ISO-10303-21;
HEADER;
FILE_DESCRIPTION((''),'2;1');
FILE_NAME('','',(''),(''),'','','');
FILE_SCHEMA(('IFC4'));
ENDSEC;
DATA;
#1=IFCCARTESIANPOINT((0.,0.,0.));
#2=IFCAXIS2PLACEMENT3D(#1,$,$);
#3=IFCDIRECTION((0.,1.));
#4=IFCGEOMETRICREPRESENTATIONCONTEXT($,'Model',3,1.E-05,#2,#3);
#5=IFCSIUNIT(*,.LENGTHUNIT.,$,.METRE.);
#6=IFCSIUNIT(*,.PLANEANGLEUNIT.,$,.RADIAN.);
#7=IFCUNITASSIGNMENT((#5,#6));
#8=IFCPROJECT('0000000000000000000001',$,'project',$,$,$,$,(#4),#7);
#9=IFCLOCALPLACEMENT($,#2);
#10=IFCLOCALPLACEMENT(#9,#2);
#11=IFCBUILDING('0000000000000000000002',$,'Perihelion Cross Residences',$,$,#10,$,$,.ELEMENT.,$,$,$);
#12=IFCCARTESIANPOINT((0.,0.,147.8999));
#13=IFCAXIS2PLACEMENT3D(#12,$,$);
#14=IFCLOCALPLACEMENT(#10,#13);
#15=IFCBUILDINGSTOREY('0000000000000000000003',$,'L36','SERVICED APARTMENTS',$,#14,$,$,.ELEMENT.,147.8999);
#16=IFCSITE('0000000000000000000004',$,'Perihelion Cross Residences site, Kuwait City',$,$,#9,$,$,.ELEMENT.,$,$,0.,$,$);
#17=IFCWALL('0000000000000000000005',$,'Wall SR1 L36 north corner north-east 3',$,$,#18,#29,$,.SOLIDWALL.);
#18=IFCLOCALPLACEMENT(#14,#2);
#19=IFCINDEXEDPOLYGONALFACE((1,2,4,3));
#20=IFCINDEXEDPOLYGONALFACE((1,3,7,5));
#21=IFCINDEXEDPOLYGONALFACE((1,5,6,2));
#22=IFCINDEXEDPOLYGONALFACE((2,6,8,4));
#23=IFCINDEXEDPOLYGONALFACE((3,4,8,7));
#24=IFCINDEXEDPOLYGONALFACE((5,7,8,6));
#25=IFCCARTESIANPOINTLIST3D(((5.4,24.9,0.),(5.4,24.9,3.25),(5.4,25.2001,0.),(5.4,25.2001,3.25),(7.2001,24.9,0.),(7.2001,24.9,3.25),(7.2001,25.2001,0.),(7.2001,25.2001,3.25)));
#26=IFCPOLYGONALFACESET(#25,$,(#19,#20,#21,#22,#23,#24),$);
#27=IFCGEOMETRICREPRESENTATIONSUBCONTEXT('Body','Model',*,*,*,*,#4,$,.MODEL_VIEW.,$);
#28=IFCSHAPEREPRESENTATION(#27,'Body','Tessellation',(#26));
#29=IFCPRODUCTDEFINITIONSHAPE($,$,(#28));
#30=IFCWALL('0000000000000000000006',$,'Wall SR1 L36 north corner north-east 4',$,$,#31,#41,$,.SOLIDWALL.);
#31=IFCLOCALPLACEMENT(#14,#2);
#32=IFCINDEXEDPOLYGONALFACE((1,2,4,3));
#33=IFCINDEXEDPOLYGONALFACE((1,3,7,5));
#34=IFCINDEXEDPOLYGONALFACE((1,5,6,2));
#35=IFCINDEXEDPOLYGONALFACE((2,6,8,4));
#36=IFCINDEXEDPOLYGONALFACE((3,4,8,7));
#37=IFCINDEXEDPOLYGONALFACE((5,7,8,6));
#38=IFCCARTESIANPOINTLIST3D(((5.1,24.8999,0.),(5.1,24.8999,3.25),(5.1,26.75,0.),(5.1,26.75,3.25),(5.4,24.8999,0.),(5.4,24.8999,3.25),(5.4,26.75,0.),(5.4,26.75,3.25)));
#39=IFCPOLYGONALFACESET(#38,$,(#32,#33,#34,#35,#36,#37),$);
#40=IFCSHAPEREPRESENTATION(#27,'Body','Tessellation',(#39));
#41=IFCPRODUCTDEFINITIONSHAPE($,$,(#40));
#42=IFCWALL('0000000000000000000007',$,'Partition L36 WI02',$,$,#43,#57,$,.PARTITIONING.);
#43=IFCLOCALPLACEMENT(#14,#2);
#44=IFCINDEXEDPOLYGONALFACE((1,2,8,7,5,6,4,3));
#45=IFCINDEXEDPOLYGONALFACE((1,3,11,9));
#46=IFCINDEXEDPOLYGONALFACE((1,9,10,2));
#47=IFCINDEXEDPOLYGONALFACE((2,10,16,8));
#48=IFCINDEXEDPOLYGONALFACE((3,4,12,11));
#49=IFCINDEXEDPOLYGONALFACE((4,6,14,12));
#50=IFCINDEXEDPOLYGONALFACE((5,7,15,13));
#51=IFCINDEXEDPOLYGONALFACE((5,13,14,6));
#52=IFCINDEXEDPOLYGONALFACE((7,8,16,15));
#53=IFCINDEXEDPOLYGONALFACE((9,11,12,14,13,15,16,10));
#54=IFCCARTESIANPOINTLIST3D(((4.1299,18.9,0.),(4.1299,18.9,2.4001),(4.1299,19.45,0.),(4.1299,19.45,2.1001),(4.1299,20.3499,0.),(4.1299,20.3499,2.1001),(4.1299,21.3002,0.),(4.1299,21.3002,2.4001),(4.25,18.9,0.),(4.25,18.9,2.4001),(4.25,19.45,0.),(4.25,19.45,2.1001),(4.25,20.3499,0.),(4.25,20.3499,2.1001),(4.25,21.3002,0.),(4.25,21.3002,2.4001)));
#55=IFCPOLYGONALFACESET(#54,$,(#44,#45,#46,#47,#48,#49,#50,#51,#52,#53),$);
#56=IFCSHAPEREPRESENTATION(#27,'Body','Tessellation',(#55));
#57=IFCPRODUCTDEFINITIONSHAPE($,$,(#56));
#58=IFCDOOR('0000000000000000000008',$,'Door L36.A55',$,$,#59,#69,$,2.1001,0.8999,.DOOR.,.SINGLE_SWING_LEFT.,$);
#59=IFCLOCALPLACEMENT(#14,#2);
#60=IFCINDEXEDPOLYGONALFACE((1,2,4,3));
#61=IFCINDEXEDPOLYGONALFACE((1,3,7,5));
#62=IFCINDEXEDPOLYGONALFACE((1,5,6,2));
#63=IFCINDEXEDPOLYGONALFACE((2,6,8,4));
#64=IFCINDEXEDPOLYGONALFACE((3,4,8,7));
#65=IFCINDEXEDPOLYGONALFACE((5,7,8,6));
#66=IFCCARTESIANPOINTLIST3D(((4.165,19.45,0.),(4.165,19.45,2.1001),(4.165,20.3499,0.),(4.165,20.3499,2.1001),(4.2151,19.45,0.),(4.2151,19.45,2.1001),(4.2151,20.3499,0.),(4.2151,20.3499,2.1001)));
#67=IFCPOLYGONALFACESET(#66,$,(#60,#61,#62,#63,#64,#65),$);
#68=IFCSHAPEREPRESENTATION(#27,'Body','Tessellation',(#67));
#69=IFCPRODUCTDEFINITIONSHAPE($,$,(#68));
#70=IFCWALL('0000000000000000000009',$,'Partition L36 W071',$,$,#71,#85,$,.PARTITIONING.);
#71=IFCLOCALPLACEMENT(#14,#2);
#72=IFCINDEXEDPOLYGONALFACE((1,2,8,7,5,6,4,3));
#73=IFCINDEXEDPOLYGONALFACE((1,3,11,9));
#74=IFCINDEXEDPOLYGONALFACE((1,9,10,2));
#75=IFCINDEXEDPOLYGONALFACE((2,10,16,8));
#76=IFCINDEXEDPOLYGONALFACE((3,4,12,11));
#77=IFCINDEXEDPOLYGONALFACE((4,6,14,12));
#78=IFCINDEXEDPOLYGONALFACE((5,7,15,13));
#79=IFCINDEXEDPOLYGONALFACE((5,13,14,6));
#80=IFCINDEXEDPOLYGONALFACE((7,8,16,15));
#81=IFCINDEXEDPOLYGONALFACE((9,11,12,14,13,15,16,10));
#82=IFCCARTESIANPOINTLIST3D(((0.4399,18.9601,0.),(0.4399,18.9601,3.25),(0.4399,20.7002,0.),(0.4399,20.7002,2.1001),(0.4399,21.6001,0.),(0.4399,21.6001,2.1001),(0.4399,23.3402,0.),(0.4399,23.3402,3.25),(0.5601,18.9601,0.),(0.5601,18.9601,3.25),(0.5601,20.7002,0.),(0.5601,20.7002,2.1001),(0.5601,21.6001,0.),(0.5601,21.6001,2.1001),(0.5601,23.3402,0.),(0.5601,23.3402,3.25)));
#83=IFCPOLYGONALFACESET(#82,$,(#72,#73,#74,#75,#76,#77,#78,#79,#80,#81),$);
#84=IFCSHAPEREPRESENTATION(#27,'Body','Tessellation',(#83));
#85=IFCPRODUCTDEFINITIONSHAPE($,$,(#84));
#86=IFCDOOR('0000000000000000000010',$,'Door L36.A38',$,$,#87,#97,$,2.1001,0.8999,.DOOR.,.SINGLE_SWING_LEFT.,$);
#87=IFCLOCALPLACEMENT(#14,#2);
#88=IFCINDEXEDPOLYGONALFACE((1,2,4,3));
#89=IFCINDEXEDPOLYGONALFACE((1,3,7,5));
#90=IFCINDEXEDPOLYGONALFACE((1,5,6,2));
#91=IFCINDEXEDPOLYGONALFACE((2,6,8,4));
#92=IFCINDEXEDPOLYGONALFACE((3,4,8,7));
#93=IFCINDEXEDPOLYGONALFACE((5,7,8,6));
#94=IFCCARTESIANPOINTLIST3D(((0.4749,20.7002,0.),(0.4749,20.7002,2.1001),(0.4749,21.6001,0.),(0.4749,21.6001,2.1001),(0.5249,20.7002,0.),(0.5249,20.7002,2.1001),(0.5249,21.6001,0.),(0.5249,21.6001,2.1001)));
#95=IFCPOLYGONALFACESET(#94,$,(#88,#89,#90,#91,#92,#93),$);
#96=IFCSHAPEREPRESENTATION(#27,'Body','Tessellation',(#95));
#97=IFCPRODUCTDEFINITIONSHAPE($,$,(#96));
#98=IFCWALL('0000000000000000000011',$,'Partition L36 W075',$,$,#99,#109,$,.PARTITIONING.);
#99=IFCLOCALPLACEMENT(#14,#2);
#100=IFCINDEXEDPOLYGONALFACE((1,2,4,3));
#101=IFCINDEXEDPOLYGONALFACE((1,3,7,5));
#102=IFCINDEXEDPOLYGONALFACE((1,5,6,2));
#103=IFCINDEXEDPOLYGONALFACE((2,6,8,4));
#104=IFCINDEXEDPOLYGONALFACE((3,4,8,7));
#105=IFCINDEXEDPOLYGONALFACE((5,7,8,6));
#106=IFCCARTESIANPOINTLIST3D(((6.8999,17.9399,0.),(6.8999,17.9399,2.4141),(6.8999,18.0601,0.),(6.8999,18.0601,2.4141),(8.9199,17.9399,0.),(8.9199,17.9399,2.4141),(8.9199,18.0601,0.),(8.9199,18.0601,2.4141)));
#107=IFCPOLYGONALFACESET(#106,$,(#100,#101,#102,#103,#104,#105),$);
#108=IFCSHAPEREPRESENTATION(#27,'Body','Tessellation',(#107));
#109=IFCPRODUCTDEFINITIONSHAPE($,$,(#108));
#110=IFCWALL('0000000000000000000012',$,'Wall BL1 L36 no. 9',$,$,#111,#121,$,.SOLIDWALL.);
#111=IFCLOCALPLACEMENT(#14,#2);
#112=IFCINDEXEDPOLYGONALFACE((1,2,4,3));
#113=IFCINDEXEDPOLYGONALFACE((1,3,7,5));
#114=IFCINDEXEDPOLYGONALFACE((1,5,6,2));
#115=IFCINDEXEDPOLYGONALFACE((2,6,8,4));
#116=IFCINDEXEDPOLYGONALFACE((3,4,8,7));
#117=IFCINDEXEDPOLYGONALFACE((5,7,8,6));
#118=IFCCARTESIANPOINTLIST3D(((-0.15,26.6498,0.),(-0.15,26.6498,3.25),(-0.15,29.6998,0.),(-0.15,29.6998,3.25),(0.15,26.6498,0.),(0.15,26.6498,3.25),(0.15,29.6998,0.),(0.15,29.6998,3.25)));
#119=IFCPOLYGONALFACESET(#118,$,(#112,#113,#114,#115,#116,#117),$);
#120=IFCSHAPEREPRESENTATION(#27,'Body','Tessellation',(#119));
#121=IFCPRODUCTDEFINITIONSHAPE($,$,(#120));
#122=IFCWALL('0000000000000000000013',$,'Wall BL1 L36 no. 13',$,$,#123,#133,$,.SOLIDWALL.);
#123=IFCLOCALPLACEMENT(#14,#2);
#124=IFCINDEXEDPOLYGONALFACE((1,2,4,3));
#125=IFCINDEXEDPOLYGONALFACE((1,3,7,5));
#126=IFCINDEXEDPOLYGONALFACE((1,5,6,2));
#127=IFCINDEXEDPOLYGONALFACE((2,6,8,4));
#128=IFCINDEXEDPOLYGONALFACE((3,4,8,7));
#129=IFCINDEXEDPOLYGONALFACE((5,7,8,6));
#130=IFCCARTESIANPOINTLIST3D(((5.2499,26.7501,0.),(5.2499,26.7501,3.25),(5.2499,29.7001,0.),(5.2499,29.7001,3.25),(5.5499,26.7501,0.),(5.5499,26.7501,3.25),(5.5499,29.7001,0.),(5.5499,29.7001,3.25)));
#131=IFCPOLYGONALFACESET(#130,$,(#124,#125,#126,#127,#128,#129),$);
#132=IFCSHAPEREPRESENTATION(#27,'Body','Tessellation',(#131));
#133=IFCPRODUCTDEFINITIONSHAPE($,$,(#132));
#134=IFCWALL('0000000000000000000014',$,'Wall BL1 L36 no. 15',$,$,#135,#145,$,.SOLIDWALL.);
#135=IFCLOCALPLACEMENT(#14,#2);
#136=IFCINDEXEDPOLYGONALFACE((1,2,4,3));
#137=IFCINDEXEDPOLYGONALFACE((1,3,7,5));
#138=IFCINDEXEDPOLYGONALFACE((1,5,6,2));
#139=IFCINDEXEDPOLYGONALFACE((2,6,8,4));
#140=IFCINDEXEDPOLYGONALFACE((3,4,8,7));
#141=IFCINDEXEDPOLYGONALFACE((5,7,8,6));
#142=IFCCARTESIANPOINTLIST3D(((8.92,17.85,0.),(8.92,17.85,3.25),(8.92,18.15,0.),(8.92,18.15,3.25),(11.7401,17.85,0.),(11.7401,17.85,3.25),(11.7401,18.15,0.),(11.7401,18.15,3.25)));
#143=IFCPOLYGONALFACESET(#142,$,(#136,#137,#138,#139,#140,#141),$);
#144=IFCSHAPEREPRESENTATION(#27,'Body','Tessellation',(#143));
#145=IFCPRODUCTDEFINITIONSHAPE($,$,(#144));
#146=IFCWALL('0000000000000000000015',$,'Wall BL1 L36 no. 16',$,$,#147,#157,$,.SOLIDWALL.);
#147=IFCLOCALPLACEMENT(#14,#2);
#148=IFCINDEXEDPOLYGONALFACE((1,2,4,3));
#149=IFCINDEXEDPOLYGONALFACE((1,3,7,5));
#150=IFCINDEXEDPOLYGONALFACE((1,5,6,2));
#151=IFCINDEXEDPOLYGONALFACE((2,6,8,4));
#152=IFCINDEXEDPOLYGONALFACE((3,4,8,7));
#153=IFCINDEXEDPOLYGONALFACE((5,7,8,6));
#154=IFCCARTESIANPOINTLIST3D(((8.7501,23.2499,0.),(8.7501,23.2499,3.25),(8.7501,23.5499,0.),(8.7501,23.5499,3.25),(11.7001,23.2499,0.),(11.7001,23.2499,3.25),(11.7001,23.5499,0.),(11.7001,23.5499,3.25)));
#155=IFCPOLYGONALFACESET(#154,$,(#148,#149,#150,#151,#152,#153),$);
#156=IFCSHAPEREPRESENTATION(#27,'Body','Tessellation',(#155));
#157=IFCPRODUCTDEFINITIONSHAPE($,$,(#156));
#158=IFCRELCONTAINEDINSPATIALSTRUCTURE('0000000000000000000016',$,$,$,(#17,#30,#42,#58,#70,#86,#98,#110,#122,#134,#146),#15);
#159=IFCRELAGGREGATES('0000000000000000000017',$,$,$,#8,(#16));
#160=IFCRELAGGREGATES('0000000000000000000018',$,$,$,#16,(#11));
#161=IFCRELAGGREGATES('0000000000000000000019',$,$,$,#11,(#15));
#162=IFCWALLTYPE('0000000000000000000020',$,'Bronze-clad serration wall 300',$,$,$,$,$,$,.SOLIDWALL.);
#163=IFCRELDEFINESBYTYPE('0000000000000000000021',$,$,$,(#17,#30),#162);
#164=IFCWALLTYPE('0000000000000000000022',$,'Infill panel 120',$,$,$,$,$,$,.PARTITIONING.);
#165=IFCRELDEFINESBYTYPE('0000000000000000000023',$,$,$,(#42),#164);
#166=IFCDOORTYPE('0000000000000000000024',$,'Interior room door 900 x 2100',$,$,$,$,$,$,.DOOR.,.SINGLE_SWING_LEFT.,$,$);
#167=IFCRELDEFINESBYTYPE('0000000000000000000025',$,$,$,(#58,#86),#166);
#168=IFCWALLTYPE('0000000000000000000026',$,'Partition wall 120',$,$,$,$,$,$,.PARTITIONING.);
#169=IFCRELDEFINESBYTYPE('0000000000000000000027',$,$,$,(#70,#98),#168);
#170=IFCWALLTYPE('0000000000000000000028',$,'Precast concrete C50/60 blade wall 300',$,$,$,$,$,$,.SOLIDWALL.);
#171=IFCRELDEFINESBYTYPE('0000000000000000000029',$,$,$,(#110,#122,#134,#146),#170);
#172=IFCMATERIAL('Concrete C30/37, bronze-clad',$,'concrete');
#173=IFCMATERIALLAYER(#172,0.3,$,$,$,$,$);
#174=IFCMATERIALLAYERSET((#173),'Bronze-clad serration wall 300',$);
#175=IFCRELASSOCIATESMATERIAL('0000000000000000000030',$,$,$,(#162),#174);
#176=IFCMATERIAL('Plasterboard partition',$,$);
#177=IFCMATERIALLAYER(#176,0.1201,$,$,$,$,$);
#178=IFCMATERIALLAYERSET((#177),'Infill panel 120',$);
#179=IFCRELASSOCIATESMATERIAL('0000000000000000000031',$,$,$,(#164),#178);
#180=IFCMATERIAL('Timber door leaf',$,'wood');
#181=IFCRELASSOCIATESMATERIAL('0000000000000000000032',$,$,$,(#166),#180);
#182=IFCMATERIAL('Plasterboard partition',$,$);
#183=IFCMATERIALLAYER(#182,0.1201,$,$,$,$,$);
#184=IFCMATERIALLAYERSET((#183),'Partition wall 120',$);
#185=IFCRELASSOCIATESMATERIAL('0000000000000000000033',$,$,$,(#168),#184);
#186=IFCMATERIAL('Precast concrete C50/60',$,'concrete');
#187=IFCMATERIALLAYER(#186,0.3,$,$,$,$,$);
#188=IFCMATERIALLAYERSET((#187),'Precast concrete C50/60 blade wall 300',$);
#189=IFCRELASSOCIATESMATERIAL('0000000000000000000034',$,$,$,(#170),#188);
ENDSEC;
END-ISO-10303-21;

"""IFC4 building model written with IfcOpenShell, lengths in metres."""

from ifc_helpers import new_model, si_unit, direction, frame, frame_2d, origin, place, context, subcontext, project, spatial, rectangle, extrude, material, layer, layer_set, type_object, element, fill, save


model = new_model("IFC4")

# Units and contexts
model_context = context("Model", 3, precision=1e-05, world=origin(), true_north=direction((0.0, 1.0)))
body_context = subcontext(model_context, "Body", "Model", "MODEL_VIEW")
ifc_project = project(units=[si_unit("LENGTHUNIT", "METRE"), si_unit("PLANEANGLEUNIT", "RADIAN")], contexts=[model_context])

# Site, building, storey
site_placement = place(None, origin())
site = spatial("IfcSite", under=ifc_project, at=site_placement, Name="Perihelion Cross Residences site, Kuwait City", CompositionType="ELEMENT", RefElevation=0.0)
building_placement = place(site_placement, origin())
building = spatial("IfcBuilding", under=site, at=building_placement, Name="Perihelion Cross Residences", CompositionType="ELEMENT")
storey_placement = place(building_placement, frame((0.0, 0.0, 147.8999)))
storey = spatial("IfcBuildingStorey", under=building, at=storey_placement, Name="L36", Description="SERVICED APARTMENTS", CompositionType="ELEMENT", Elevation=147.8999)

# Walls
ifc_material_1 = material(Name="Concrete C30/37, bronze-clad", Category="concrete")
ifc_layer_1 = layer(ifc_material_1, 0.3)
ifc_layer_set_1 = layer_set([ifc_layer_1], Name="Bronze-clad serration wall 300")
wall_type_1 = type_object("IfcWallType", Name="Bronze-clad serration wall 300", PredefinedType="SOLIDWALL", material=ifc_layer_set_1)
wall_1_placement = place(storey_placement, frame((7.2, 25.05, 0.0), z_axis=(0.0, 0.0, 1.0), x_axis=(-1.0, 0.0, 0.0)))
element("IfcWall", 1, at=wall_1_placement, inside=storey, type_object=wall_type_1, Name="Wall SR1 L36 north corner north-east 3", PredefinedType="SOLIDWALL", context=body_context, shape_type="SweptSolid", body=[
    extrude(rectangle(XDim=1.8, YDim=0.3, at=frame_2d((0.8999, 0.0))), origin(), (0.0, 0.0, 1.0), 3.25),
])
wall_2_placement = place(storey_placement, frame((5.25, 24.8999, 0.0), z_axis=(0.0, 0.0, 1.0), x_axis=(0.0, 1.0, 0.0)))
element("IfcWall", 2, at=wall_2_placement, inside=storey, type_object=wall_type_1, Name="Wall SR1 L36 north corner north-east 4", PredefinedType="SOLIDWALL", context=body_context, shape_type="SweptSolid", body=[
    extrude(rectangle(XDim=1.8501, YDim=0.3, at=frame_2d((0.925, 0.0))), origin(), (0.0, 0.0, 1.0), 3.25),
])

# Walls, openings, doors
ifc_material_2 = material(Name="Plasterboard partition")
ifc_layer_2 = layer(ifc_material_2, 0.1201)
ifc_layer_set_2 = layer_set([ifc_layer_2], Name="Infill panel 120")
wall_type_2 = type_object("IfcWallType", Name="Infill panel 120", PredefinedType="PARTITIONING", material=ifc_layer_set_2)
wall_3_placement = place(storey_placement, frame((4.1899, 18.8999, 0.0), z_axis=(0.0, 0.0, 1.0), x_axis=(0.0, 1.0, 0.0)))
wall_3 = element("IfcWall", 3, at=wall_3_placement, inside=storey, type_object=wall_type_2, Name="Partition L36 WI02", PredefinedType="PARTITIONING", context=body_context, shape_type="SweptSolid", body=[
    extrude(rectangle(XDim=2.4001, YDim=0.1201, at=frame_2d((1.2002, 0.0))), origin(), (0.0, 0.0, 1.0), 2.4001),
])
opening_1_placement = place(wall_3_placement, frame((0.55, 0.0, 0.0)))
opening_1 = element("IfcOpeningElement", 4, at=opening_1_placement, cuts=wall_3, PredefinedType="OPENING", context=body_context, shape_type="SweptSolid", body=[
    extrude(rectangle(XDim=0.8999, YDim=2.1001, at=frame_2d((0.45, 1.05))), frame((0.0, 0.0701, 0.0), z_axis=(0.0, -1.0, 0.0), x_axis=(1.0, 0.0, 0.0)), (0.0, 0.0, 1.0), 0.1401),
])
ifc_material_3 = material(Name="Timber door leaf", Category="wood")
door_type_1 = type_object("IfcDoorType", Name="Interior room door 900 x 2100", OperationType="SINGLE_SWING_LEFT", PredefinedType="DOOR", material=ifc_material_3)
door_1_placement = place(opening_1_placement, origin())
door_1 = element("IfcDoor", 5, at=door_1_placement, inside=storey, type_object=door_type_1, Name="Door L36.A55", OperationType="SINGLE_SWING_LEFT", OverallHeight=2.1001, OverallWidth=0.8999, PredefinedType="DOOR", context=body_context, shape_type="SweptSolid", body=[
    extrude(rectangle(XDim=0.8999, YDim=2.1001, at=frame_2d((0.45, 1.05))), frame((0.0, 0.0249, 0.0), z_axis=(0.0, -1.0, 0.0), x_axis=(1.0, 0.0, 0.0)), (0.0, 0.0, 1.0), 0.05),
])
fill(opening_1, door_1)
ifc_material_4 = material(Name="Plasterboard partition")
ifc_layer_3 = layer(ifc_material_4, 0.1201)
ifc_layer_set_3 = layer_set([ifc_layer_3], Name="Partition wall 120")
wall_type_3 = type_object("IfcWallType", Name="Partition wall 120", PredefinedType="PARTITIONING", material=ifc_layer_set_3)
wall_4_placement = place(storey_placement, frame((0.5, 23.3401, 0.0), z_axis=(0.0, 0.0, 1.0), x_axis=(0.0, -1.0, 0.0)))
wall_4 = element("IfcWall", 6, at=wall_4_placement, inside=storey, type_object=wall_type_3, Name="Partition L36 W071", PredefinedType="PARTITIONING", context=body_context, shape_type="SweptSolid", body=[
    extrude(rectangle(XDim=4.3801, YDim=0.1201, at=frame_2d((2.1899, 0.0))), origin(), (0.0, 0.0, 1.0), 3.25),
])
opening_2_placement = place(wall_4_placement, frame((1.74, 0.0, 0.0)))
opening_2 = element("IfcOpeningElement", 7, at=opening_2_placement, cuts=wall_4, PredefinedType="OPENING", context=body_context, shape_type="SweptSolid", body=[
    extrude(rectangle(XDim=0.8999, YDim=2.1001, at=frame_2d((0.45, 1.05))), frame((0.0, 0.0701, 0.0), z_axis=(0.0, -1.0, 0.0), x_axis=(1.0, 0.0, 0.0)), (0.0, 0.0, 1.0), 0.1401),
])
door_2_placement = place(opening_2_placement, origin())
door_2 = element("IfcDoor", 8, at=door_2_placement, inside=storey, type_object=door_type_1, Name="Door L36.A38", OperationType="SINGLE_SWING_LEFT", OverallHeight=2.1001, OverallWidth=0.8999, PredefinedType="DOOR", context=body_context, shape_type="SweptSolid", body=[
    extrude(rectangle(XDim=0.8999, YDim=2.1001, at=frame_2d((0.45, 1.05))), frame((0.0, 0.0249, 0.0), z_axis=(0.0, -1.0, 0.0), x_axis=(1.0, 0.0, 0.0)), (0.0, 0.0, 1.0), 0.05),
])
fill(opening_2, door_2)

# Walls
wall_5_placement = place(storey_placement, frame((6.8999, 18.0, 0.0), z_axis=(0.0, 0.0, 1.0), x_axis=(1.0, 0.0, 0.0)))
element("IfcWall", 9, at=wall_5_placement, inside=storey, type_object=wall_type_3, Name="Partition L36 W075", PredefinedType="PARTITIONING", context=body_context, shape_type="SweptSolid", body=[
    extrude(rectangle(XDim=2.02, YDim=0.1201, at=frame_2d((1.01, 0.0))), origin(), (0.0, 0.0, 1.0), 2.4141),
])
ifc_material_5 = material(Name="Precast concrete C50/60", Category="concrete")
ifc_layer_4 = layer(ifc_material_5, 0.3)
ifc_layer_set_4 = layer_set([ifc_layer_4], Name="Precast concrete C50/60 blade wall 300")
wall_type_4 = type_object("IfcWallType", Name="Precast concrete C50/60 blade wall 300", PredefinedType="SOLIDWALL", material=ifc_layer_set_4)
wall_6_placement = place(storey_placement, frame((0.0, 26.6499, 0.0), z_axis=(0.0, 0.0, 1.0), x_axis=(0.0, 1.0, 0.0)))
element("IfcWall", 10, at=wall_6_placement, inside=storey, type_object=wall_type_4, Name="Wall BL1 L36 no. 9", PredefinedType="SOLIDWALL", context=body_context, shape_type="SweptSolid", body=[
    extrude(rectangle(XDim=3.05, YDim=0.3, at=frame_2d((1.5249, 0.0))), origin(), (0.0, 0.0, 1.0), 3.25),
])
wall_7_placement = place(storey_placement, frame((5.3999, 26.75, 0.0), z_axis=(0.0, 0.0, 1.0), x_axis=(0.0, 1.0, 0.0)))
element("IfcWall", 11, at=wall_7_placement, inside=storey, type_object=wall_type_4, Name="Wall BL1 L36 no. 13", PredefinedType="SOLIDWALL", context=body_context, shape_type="SweptSolid", body=[
    extrude(rectangle(XDim=2.95, YDim=0.3, at=frame_2d((1.4751, 0.0))), origin(), (0.0, 0.0, 1.0), 3.25),
])
wall_8_placement = place(storey_placement, frame((8.9199, 18.0, 0.0), z_axis=(0.0, 0.0, 1.0), x_axis=(1.0, 0.0, 0.0)))
element("IfcWall", 12, at=wall_8_placement, inside=storey, type_object=wall_type_4, Name="Wall BL1 L36 no. 15", PredefinedType="SOLIDWALL", context=body_context, shape_type="SweptSolid", body=[
    extrude(rectangle(XDim=2.8201, YDim=0.3, at=frame_2d((1.4102, 0.0))), origin(), (0.0, 0.0, 1.0), 3.25),
])
wall_9_placement = place(storey_placement, frame((8.75, 23.3999, 0.0), z_axis=(0.0, 0.0, 1.0), x_axis=(1.0, 0.0, 0.0)))
element("IfcWall", 13, at=wall_9_placement, inside=storey, type_object=wall_type_4, Name="Wall BL1 L36 no. 16", PredefinedType="SOLIDWALL", context=body_context, shape_type="SweptSolid", body=[
    extrude(rectangle(XDim=2.95, YDim=0.3, at=frame_2d((1.4751, 0.0))), origin(), (0.0, 0.0, 1.0), 3.25),
])

save(model, "model.ifc")
